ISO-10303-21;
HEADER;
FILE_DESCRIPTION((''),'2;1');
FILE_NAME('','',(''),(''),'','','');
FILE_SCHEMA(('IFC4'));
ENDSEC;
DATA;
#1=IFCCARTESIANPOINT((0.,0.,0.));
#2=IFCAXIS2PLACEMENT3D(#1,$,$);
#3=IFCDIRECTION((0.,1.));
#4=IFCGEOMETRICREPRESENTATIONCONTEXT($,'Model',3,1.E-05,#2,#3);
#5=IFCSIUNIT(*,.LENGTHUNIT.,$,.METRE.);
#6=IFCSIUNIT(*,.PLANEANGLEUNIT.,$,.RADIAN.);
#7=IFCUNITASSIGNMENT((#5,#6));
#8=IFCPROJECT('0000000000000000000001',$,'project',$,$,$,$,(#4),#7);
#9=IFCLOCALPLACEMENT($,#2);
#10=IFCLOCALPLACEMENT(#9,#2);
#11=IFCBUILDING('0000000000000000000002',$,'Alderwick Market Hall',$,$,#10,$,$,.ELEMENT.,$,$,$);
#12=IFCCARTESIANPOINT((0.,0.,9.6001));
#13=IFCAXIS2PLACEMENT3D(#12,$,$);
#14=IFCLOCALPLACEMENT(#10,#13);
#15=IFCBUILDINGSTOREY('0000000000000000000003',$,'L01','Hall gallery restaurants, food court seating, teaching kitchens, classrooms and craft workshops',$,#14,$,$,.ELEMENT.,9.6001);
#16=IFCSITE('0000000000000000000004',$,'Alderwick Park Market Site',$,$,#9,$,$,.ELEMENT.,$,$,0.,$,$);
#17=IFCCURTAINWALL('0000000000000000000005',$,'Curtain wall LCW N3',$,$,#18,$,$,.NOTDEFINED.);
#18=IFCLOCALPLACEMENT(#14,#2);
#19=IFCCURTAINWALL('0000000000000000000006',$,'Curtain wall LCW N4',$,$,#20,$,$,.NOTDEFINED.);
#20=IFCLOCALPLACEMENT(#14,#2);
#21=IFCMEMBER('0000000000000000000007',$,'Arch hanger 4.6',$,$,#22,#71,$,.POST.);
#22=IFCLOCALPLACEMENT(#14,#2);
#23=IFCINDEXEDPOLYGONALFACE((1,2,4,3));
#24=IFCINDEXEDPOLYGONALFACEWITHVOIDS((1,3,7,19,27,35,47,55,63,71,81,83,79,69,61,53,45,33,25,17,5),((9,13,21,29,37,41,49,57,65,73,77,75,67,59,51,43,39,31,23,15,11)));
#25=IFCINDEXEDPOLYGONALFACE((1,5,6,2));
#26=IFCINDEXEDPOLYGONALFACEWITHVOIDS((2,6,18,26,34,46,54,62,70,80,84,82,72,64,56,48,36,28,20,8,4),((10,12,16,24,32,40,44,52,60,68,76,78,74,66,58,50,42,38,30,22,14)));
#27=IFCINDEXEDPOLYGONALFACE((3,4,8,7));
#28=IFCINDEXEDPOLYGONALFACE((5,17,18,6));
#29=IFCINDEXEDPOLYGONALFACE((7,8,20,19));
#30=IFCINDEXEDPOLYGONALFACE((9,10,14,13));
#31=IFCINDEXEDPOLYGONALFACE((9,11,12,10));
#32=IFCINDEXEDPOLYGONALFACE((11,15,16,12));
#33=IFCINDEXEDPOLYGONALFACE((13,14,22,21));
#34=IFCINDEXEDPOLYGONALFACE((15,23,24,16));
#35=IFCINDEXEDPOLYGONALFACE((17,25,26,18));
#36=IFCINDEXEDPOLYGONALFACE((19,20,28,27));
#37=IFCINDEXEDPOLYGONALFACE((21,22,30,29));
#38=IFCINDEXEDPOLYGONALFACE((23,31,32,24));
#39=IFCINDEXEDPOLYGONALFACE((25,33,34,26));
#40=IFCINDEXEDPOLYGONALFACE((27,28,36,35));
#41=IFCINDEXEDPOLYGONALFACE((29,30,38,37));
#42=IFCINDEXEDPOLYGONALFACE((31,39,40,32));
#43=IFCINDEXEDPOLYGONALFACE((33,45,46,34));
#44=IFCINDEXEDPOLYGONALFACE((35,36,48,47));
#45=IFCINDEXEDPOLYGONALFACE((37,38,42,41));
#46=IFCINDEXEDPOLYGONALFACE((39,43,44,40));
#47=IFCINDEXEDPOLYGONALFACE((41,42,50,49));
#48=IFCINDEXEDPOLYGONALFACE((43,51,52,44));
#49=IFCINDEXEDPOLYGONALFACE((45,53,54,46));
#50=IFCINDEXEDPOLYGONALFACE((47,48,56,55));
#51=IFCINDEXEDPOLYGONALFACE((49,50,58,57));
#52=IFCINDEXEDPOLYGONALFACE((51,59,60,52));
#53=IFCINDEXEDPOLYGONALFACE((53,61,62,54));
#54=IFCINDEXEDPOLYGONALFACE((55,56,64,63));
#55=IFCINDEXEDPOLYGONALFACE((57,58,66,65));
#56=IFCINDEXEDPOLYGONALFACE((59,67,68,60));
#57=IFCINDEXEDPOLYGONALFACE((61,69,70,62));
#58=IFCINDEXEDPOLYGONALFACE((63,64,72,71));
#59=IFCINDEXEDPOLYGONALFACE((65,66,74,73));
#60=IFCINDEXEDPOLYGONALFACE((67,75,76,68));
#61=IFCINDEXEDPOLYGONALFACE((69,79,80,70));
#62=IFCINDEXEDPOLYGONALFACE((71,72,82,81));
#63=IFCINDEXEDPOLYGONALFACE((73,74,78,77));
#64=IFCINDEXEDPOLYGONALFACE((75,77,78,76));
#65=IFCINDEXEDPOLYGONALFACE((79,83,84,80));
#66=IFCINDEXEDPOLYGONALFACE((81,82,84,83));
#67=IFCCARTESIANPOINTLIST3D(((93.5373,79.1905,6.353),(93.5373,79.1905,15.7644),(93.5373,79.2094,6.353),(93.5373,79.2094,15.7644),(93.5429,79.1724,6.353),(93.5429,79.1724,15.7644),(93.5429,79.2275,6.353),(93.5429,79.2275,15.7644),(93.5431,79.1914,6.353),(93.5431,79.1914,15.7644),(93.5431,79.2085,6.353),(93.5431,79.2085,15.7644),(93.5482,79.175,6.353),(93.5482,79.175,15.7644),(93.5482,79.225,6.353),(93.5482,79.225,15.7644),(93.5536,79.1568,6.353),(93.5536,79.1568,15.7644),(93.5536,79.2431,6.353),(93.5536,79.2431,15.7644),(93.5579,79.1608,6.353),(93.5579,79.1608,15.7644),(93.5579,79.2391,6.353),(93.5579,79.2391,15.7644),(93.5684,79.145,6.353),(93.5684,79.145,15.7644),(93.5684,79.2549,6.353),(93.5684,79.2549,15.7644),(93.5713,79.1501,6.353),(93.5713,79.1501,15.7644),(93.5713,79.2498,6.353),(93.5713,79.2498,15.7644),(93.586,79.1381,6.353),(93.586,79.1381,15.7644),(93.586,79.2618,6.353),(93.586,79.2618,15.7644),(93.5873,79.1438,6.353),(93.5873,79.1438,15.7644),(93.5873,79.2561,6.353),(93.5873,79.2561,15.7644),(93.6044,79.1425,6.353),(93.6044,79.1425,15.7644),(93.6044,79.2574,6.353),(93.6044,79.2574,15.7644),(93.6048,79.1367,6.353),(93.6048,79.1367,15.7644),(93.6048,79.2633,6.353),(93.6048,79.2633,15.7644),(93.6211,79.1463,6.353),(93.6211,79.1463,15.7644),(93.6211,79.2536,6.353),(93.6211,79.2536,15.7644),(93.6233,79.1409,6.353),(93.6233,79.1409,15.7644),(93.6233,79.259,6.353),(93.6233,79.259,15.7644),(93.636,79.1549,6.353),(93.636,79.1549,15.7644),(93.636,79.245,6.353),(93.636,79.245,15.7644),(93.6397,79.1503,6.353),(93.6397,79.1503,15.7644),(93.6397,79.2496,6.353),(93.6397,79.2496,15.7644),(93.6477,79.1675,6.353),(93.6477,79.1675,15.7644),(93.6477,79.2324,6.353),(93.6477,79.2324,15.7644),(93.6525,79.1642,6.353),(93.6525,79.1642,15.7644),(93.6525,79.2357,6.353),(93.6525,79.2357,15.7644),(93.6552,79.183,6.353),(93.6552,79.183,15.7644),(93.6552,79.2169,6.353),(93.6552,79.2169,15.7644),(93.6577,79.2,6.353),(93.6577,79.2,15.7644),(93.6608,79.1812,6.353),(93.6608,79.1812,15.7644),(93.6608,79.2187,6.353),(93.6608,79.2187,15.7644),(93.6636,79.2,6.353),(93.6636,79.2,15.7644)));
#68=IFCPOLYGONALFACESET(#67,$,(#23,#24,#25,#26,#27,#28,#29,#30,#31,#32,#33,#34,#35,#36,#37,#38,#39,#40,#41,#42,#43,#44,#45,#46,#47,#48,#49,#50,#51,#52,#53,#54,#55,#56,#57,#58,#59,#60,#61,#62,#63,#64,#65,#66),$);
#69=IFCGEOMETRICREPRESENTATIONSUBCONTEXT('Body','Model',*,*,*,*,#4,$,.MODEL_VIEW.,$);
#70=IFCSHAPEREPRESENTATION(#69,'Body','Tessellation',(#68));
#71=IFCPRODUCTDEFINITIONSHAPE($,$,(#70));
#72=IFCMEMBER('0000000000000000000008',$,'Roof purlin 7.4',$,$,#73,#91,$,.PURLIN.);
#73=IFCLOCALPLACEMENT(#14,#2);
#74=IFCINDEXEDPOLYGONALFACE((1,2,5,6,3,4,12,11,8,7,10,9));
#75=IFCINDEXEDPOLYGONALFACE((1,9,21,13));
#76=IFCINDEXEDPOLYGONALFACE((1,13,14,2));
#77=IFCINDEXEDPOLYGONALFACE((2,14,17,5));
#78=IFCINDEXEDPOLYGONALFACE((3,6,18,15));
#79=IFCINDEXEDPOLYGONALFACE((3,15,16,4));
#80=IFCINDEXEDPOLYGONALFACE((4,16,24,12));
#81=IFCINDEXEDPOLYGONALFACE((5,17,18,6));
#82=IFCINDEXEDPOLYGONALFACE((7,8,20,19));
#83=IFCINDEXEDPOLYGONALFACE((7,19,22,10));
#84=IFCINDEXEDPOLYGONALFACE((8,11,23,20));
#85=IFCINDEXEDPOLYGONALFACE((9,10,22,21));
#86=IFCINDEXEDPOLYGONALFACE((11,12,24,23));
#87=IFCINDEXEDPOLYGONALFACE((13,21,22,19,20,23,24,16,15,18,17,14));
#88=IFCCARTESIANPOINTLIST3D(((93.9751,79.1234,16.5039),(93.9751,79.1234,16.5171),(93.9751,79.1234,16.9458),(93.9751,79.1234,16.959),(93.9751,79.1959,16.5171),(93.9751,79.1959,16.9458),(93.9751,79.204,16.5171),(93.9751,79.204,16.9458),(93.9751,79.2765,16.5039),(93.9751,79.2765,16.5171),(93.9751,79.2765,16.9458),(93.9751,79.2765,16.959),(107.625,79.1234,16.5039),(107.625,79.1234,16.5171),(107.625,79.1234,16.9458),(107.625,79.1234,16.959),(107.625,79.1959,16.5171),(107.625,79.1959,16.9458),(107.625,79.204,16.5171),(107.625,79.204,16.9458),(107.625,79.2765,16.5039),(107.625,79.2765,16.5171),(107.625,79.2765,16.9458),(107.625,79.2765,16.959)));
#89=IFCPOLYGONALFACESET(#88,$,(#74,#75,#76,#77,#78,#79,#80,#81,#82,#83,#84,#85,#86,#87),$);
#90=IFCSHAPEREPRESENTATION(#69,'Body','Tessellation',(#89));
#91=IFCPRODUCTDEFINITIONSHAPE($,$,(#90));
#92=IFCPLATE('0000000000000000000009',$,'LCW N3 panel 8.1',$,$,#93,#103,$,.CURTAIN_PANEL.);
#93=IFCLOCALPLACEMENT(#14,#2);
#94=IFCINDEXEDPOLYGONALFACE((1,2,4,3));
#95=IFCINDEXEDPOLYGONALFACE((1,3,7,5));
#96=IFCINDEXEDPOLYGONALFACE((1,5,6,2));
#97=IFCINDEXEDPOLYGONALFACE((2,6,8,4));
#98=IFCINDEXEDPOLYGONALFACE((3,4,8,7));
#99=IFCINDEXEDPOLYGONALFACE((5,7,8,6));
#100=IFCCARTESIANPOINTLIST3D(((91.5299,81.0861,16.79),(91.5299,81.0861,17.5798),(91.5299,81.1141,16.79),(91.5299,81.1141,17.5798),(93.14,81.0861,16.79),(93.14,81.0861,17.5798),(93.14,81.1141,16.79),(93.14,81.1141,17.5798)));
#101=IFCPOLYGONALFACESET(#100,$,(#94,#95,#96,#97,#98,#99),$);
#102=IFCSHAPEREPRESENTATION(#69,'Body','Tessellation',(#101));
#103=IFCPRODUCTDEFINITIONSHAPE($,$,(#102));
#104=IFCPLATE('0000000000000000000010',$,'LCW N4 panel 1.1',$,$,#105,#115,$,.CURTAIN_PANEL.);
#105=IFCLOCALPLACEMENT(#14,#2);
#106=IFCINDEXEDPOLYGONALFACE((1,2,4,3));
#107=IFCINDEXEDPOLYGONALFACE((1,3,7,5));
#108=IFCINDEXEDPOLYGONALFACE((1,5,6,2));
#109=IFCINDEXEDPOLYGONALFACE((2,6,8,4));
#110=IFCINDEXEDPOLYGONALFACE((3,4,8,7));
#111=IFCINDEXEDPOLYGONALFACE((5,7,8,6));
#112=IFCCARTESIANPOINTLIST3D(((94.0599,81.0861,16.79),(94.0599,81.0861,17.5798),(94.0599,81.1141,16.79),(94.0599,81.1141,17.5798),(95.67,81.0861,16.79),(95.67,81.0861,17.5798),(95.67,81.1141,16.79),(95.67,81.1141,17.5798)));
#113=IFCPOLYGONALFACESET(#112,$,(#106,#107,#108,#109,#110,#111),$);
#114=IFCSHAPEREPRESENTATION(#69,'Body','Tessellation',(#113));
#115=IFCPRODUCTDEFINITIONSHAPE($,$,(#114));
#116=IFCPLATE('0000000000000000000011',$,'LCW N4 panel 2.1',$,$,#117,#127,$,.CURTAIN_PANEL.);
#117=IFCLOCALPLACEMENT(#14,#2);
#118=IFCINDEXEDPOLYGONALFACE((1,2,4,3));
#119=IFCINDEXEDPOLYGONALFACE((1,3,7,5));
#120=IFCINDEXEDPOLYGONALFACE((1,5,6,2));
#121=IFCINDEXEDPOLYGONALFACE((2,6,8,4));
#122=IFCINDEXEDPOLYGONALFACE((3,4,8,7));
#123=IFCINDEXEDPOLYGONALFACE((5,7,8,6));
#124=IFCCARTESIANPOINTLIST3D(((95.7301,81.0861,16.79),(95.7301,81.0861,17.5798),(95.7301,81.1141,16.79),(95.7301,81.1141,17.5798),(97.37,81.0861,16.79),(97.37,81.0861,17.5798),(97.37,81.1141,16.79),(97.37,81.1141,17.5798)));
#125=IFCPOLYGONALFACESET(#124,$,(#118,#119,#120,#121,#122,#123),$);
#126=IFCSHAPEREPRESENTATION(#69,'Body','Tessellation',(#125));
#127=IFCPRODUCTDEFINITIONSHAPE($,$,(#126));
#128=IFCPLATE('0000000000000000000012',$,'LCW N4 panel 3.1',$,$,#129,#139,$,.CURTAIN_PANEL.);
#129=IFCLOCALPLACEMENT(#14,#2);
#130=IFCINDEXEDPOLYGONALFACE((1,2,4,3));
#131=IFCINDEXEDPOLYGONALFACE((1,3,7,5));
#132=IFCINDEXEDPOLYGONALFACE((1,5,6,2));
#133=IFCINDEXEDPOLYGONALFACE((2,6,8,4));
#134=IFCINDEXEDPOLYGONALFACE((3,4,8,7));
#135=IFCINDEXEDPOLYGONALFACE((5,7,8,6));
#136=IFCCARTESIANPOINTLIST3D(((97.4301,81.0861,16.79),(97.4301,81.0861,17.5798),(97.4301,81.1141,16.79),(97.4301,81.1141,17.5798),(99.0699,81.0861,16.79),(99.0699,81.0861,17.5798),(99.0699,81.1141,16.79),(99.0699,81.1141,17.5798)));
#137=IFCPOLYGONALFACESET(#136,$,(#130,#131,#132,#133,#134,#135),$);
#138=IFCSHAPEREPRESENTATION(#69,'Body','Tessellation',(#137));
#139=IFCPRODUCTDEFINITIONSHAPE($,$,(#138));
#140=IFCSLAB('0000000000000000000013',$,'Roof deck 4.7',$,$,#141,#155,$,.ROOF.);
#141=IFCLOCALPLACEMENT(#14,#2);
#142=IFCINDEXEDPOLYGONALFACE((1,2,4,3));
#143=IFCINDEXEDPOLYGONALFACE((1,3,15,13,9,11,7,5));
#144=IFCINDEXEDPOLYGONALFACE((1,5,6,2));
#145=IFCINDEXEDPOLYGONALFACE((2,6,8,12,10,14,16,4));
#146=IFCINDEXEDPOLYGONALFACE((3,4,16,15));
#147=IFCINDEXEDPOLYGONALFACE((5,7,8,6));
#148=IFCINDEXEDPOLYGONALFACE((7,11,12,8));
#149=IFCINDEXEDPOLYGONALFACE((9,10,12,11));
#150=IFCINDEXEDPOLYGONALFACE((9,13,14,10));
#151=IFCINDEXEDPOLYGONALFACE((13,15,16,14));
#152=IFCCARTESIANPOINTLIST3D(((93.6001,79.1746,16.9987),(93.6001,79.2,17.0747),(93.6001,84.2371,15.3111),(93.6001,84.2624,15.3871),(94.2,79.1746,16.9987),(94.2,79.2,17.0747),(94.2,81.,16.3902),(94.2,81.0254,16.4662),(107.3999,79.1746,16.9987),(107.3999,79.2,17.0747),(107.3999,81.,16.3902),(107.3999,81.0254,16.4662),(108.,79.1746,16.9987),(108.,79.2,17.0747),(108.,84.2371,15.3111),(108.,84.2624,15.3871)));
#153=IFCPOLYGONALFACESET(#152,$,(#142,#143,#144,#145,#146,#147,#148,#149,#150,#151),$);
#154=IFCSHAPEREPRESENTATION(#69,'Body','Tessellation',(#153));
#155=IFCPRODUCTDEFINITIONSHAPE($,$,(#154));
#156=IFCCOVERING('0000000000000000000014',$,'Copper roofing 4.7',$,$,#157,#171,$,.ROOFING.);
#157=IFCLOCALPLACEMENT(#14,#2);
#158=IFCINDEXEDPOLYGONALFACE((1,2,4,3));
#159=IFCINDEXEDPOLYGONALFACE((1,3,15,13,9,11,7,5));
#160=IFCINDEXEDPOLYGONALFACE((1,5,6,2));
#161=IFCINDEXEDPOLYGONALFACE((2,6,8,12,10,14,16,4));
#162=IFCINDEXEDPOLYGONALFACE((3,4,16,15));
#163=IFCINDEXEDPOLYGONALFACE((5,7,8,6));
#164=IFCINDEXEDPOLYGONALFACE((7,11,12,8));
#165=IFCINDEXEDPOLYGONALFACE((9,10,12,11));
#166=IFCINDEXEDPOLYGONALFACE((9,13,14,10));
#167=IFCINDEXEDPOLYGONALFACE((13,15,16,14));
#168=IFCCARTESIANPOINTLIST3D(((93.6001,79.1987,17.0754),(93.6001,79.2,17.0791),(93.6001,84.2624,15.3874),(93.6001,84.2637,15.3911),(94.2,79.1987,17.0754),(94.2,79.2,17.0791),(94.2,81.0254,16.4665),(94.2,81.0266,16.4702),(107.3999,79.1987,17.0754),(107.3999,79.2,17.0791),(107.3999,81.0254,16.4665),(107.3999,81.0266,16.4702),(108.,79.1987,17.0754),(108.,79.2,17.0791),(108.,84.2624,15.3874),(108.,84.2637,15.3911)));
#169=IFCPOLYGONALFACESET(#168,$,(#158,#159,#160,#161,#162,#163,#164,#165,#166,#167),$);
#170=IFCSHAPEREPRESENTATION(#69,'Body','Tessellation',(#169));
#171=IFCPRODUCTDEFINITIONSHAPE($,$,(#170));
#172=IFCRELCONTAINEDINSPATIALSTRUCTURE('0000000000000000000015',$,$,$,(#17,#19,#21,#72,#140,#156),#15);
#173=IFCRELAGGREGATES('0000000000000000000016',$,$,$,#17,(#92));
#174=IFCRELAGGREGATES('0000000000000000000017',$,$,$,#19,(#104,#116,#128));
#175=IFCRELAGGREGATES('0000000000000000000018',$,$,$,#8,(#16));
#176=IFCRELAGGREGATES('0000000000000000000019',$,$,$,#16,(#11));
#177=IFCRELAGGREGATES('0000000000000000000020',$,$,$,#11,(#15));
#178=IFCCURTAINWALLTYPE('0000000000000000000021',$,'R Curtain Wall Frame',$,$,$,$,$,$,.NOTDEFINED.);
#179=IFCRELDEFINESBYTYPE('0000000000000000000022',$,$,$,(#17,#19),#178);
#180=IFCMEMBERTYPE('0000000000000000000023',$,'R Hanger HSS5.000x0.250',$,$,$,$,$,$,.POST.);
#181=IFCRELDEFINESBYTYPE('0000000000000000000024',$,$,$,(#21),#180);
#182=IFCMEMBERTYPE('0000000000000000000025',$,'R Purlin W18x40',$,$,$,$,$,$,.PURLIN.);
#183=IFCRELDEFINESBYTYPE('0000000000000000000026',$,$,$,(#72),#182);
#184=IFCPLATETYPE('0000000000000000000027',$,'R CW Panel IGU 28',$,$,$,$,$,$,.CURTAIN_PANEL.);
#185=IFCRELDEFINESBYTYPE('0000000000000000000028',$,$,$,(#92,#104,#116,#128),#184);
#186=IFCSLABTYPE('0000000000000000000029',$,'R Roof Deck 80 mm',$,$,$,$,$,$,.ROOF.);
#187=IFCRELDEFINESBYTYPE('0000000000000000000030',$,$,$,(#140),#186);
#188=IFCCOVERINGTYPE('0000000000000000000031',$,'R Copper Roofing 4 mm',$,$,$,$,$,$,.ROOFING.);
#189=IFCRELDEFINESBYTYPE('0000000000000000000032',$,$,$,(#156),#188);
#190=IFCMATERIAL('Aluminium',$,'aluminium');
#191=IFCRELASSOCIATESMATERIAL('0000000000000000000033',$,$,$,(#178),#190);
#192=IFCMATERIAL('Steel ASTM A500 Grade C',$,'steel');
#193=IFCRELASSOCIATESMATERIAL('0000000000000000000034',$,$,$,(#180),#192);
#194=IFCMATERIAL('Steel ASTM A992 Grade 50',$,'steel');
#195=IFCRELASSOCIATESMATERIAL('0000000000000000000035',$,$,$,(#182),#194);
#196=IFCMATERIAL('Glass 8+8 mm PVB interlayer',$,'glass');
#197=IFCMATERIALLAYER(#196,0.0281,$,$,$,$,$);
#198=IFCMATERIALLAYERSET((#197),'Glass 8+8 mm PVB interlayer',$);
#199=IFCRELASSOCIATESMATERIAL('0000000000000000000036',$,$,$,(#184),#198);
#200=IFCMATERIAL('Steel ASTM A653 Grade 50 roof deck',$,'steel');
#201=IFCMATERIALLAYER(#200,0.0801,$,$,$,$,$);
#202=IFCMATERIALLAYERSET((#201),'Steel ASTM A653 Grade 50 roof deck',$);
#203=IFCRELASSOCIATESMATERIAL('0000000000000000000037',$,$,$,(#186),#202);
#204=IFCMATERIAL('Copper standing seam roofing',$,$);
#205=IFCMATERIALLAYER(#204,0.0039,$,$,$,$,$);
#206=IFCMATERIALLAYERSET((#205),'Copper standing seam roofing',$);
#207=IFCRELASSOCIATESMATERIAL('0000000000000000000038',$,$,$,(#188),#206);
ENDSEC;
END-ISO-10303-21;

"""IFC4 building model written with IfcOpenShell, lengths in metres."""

from ifc_helpers import new_model, si_unit, direction, frame, origin, origin_2d, place, context, subcontext, project, spatial, polyline, rectangle, hollow_circle, i_section, outline, extrude, material, layer, layer_set, material_profile, profile_set, type_object, element, aggregate, save


model = new_model("IFC4")

# Units and contexts
model_context = context("Model", 3, precision=1e-05, world=origin(), true_north=direction((0.0, 1.0)))
body_context = subcontext(model_context, "Body", "Model", "MODEL_VIEW")
ifc_project = project(units=[si_unit("LENGTHUNIT", "METRE"), si_unit("PLANEANGLEUNIT", "RADIAN")], contexts=[model_context])

# Site, building, storey
site_placement = place(None, origin())
site = spatial("IfcSite", under=ifc_project, at=site_placement, Name="Alderwick Park Market Site", CompositionType="ELEMENT", RefElevation=0.0)
building_placement = place(site_placement, origin())
building = spatial("IfcBuilding", under=site, at=building_placement, Name="Alderwick Market Hall", CompositionType="ELEMENT")
storey_placement = place(building_placement, frame((0.0, 0.0, 9.6001)))
storey = spatial("IfcBuildingStorey", under=building, at=storey_placement, Name="L01", Description="Hall gallery restaurants, food court seating, teaching kitchens, classrooms and craft workshops", CompositionType="ELEMENT", Elevation=9.6001)

# Curtain wall
ifc_material_1 = material(Name="Aluminium", Category="aluminium")
curtain_wall_type = type_object("IfcCurtainWallType", Name="R Curtain Wall Frame", PredefinedType="NOTDEFINED", material=ifc_material_1)
curtain_wall_1_placement = place(storey_placement, origin())
curtain_wall_1 = element("IfcCurtainWall", 1, at=curtain_wall_1_placement, inside=storey, type_object=curtain_wall_type, Name="Curtain wall LCW N3", PredefinedType="NOTDEFINED")

# Curtain wall
curtain_wall_2_placement = place(storey_placement, origin())
curtain_wall_2 = element("IfcCurtainWall", 2, at=curtain_wall_2_placement, inside=storey, type_object=curtain_wall_type, Name="Curtain wall LCW N4", PredefinedType="NOTDEFINED")

# Members
ifc_material_2 = material(Name="Steel ASTM A500 Grade C", Category="steel")
ifc_material_profile_1 = material_profile(ifc_material_2, hollow_circle(Radius=0.0635, WallThickness=0.0059, at=origin_2d()), Name="HSS5.000x0.250")
ifc_profile_set_1 = profile_set([ifc_material_profile_1], Name="Steel ASTM A500 Grade C")
member_type_1 = type_object("IfcMemberType", Name="R Hanger HSS5.000x0.250", PredefinedType="POST", material=ifc_profile_set_1)
member_1_placement = place(storey_placement, frame((93.6001, 79.2, 6.353), z_axis=(0.0, 0.0, 1.0), x_axis=(1.0, 0.0, 0.0)))
element("IfcMember", 3, at=member_1_placement, inside=storey, type_object=member_type_1, Name="Arch hanger 4.6", PredefinedType="POST", context=body_context, shape_type="SweptSolid", body=[
    extrude(hollow_circle(Radius=0.0635, WallThickness=0.0059, at=origin_2d()), origin(), (0.0, 0.0, 1.0), 9.4114),
])
ifc_material_3 = material(Name="Steel ASTM A992 Grade 50", Category="steel")
ifc_material_profile_2 = material_profile(ifc_material_3, i_section(OverallWidth=0.1531, OverallDepth=0.4551, WebThickness=0.0081, FlangeThickness=0.0132, at=origin_2d()), Name="W18x40")
ifc_profile_set_2 = profile_set([ifc_material_profile_2], Name="Steel ASTM A992 Grade 50")
member_type_2 = type_object("IfcMemberType", Name="R Purlin W18x40", PredefinedType="PURLIN", material=ifc_profile_set_2)
member_2_placement = place(storey_placement, frame((93.9751, 79.2, 16.7314), z_axis=(1.0, 0.0, 0.0), x_axis=(0.0, 1.0, 0.0)))
element("IfcMember", 4, at=member_2_placement, inside=storey, type_object=member_type_2, Name="Roof purlin 7.4", PredefinedType="PURLIN", context=body_context, shape_type="SweptSolid", body=[
    extrude(i_section(OverallWidth=0.1531, OverallDepth=0.4551, WebThickness=0.0081, FlangeThickness=0.0132, at=origin_2d()), origin(), (0.0, 0.0, 1.0), 13.6499),
])

# Plates
ifc_material_4 = material(Name="Glass 8+8 mm PVB interlayer", Category="glass")
ifc_layer_1 = layer(ifc_material_4, 0.0281)
ifc_layer_set_1 = layer_set([ifc_layer_1], Name="Glass 8+8 mm PVB interlayer")
plate_type = type_object("IfcPlateType", Name="R CW Panel IGU 28", PredefinedType="CURTAIN_PANEL", material=ifc_layer_set_1)
plate_1_placement = place(storey_placement, frame((92.335, 81.1001, 16.79), z_axis=(0.0, 0.0, 1.0), x_axis=(1.0, 0.0, 0.0)))
plate_1 = element("IfcPlate", 5, at=plate_1_placement, type_object=plate_type, Name="LCW N3 panel 8.1", PredefinedType="CURTAIN_PANEL", context=body_context, shape_type="SweptSolid", body=[
    extrude(rectangle(XDim=1.6101, YDim=0.0281, at=origin_2d()), origin(), (0.0, 0.0, 1.0), 0.7898),
])
aggregate(curtain_wall_1, [plate_1])
plate_2_placement = place(storey_placement, frame((94.865, 81.1001, 16.79), z_axis=(0.0, 0.0, 1.0), x_axis=(1.0, 0.0, 0.0)))
plate_2 = element("IfcPlate", 6, at=plate_2_placement, type_object=plate_type, Name="LCW N4 panel 1.1", PredefinedType="CURTAIN_PANEL", context=body_context, shape_type="SweptSolid", body=[
    extrude(rectangle(XDim=1.6101, YDim=0.0281, at=origin_2d()), origin(), (0.0, 0.0, 1.0), 0.7898),
])
plate_3_placement = place(storey_placement, frame((96.55, 81.1001, 16.79), z_axis=(0.0, 0.0, 1.0), x_axis=(1.0, 0.0, 0.0)))
plate_3 = element("IfcPlate", 7, at=plate_3_placement, type_object=plate_type, Name="LCW N4 panel 2.1", PredefinedType="CURTAIN_PANEL", context=body_context, shape_type="SweptSolid", body=[
    extrude(rectangle(XDim=1.6399, YDim=0.0281, at=origin_2d()), origin(), (0.0, 0.0, 1.0), 0.7898),
])
plate_4_placement = place(storey_placement, frame((98.25, 81.1001, 16.79), z_axis=(0.0, 0.0, 1.0), x_axis=(1.0, 0.0, 0.0)))
plate_4 = element("IfcPlate", 8, at=plate_4_placement, type_object=plate_type, Name="LCW N4 panel 3.1", PredefinedType="CURTAIN_PANEL", context=body_context, shape_type="SweptSolid", body=[
    extrude(rectangle(XDim=1.6399, YDim=0.0281, at=origin_2d()), origin(), (0.0, 0.0, 1.0), 0.7898),
])
aggregate(curtain_wall_2, [plate_2, plate_3, plate_4])

# Slab
ifc_material_5 = material(Name="Steel ASTM A653 Grade 50 roof deck", Category="steel")
ifc_layer_2 = layer(ifc_material_5, 0.0801)
ifc_layer_set_2 = layer_set([ifc_layer_2], Name="Steel ASTM A653 Grade 50 roof deck")
slab_type = type_object("IfcSlabType", Name="R Roof Deck 80 mm", PredefinedType="ROOF", material=ifc_layer_set_2)
slab_placement = place(storey_placement, frame((93.6001, 79.2, 17.0747), z_axis=(0.0, 0.316247, 0.948677), x_axis=(1.0, 0.0, 0.0)))
element("IfcSlab", 9, at=slab_placement, inside=storey, type_object=slab_type, Name="Roof deck 4.7", PredefinedType="ROOF", context=body_context, shape_type="SweptSolid", body=[
    extrude(outline(polyline([(0.0, 0.0), (0.5999, 0.0), (0.5999, 1.9242), (13.7998, 1.9242), (13.7998, 0.0), (14.3999, 0.0), (14.3999, 5.3363), (0.0, 5.3363), (0.0, 0.0)])), origin(), (0.0, 0.0, -1.0), 0.0801),
])

# Covering
ifc_material_6 = material(Name="Copper standing seam roofing")
ifc_layer_3 = layer(ifc_material_6, 0.0039)
ifc_layer_set_3 = layer_set([ifc_layer_3], Name="Copper standing seam roofing")
covering_type = type_object("IfcCoveringType", Name="R Copper Roofing 4 mm", PredefinedType="ROOFING", material=ifc_layer_set_3)
covering_placement = place(storey_placement, frame((93.6001, 79.2, 17.0791), z_axis=(0.0, 0.316248, 0.948676), x_axis=(1.0, 0.0, 0.0)))
element("IfcCovering", 10, at=covering_placement, inside=storey, type_object=covering_type, Name="Copper roofing 4.7", PredefinedType="ROOFING", context=body_context, shape_type="SweptSolid", body=[
    extrude(outline(polyline([(0.0, 0.0), (0.5999, 0.0), (0.5999, 1.9255), (13.7998, 1.9255), (13.7998, 0.0), (14.3999, 0.0), (14.3999, 5.3377), (0.0, 5.3377), (0.0, 0.0)])), origin(), (0.0, 0.0, -1.0), 0.0039),
])

save(model, "model.ifc")
